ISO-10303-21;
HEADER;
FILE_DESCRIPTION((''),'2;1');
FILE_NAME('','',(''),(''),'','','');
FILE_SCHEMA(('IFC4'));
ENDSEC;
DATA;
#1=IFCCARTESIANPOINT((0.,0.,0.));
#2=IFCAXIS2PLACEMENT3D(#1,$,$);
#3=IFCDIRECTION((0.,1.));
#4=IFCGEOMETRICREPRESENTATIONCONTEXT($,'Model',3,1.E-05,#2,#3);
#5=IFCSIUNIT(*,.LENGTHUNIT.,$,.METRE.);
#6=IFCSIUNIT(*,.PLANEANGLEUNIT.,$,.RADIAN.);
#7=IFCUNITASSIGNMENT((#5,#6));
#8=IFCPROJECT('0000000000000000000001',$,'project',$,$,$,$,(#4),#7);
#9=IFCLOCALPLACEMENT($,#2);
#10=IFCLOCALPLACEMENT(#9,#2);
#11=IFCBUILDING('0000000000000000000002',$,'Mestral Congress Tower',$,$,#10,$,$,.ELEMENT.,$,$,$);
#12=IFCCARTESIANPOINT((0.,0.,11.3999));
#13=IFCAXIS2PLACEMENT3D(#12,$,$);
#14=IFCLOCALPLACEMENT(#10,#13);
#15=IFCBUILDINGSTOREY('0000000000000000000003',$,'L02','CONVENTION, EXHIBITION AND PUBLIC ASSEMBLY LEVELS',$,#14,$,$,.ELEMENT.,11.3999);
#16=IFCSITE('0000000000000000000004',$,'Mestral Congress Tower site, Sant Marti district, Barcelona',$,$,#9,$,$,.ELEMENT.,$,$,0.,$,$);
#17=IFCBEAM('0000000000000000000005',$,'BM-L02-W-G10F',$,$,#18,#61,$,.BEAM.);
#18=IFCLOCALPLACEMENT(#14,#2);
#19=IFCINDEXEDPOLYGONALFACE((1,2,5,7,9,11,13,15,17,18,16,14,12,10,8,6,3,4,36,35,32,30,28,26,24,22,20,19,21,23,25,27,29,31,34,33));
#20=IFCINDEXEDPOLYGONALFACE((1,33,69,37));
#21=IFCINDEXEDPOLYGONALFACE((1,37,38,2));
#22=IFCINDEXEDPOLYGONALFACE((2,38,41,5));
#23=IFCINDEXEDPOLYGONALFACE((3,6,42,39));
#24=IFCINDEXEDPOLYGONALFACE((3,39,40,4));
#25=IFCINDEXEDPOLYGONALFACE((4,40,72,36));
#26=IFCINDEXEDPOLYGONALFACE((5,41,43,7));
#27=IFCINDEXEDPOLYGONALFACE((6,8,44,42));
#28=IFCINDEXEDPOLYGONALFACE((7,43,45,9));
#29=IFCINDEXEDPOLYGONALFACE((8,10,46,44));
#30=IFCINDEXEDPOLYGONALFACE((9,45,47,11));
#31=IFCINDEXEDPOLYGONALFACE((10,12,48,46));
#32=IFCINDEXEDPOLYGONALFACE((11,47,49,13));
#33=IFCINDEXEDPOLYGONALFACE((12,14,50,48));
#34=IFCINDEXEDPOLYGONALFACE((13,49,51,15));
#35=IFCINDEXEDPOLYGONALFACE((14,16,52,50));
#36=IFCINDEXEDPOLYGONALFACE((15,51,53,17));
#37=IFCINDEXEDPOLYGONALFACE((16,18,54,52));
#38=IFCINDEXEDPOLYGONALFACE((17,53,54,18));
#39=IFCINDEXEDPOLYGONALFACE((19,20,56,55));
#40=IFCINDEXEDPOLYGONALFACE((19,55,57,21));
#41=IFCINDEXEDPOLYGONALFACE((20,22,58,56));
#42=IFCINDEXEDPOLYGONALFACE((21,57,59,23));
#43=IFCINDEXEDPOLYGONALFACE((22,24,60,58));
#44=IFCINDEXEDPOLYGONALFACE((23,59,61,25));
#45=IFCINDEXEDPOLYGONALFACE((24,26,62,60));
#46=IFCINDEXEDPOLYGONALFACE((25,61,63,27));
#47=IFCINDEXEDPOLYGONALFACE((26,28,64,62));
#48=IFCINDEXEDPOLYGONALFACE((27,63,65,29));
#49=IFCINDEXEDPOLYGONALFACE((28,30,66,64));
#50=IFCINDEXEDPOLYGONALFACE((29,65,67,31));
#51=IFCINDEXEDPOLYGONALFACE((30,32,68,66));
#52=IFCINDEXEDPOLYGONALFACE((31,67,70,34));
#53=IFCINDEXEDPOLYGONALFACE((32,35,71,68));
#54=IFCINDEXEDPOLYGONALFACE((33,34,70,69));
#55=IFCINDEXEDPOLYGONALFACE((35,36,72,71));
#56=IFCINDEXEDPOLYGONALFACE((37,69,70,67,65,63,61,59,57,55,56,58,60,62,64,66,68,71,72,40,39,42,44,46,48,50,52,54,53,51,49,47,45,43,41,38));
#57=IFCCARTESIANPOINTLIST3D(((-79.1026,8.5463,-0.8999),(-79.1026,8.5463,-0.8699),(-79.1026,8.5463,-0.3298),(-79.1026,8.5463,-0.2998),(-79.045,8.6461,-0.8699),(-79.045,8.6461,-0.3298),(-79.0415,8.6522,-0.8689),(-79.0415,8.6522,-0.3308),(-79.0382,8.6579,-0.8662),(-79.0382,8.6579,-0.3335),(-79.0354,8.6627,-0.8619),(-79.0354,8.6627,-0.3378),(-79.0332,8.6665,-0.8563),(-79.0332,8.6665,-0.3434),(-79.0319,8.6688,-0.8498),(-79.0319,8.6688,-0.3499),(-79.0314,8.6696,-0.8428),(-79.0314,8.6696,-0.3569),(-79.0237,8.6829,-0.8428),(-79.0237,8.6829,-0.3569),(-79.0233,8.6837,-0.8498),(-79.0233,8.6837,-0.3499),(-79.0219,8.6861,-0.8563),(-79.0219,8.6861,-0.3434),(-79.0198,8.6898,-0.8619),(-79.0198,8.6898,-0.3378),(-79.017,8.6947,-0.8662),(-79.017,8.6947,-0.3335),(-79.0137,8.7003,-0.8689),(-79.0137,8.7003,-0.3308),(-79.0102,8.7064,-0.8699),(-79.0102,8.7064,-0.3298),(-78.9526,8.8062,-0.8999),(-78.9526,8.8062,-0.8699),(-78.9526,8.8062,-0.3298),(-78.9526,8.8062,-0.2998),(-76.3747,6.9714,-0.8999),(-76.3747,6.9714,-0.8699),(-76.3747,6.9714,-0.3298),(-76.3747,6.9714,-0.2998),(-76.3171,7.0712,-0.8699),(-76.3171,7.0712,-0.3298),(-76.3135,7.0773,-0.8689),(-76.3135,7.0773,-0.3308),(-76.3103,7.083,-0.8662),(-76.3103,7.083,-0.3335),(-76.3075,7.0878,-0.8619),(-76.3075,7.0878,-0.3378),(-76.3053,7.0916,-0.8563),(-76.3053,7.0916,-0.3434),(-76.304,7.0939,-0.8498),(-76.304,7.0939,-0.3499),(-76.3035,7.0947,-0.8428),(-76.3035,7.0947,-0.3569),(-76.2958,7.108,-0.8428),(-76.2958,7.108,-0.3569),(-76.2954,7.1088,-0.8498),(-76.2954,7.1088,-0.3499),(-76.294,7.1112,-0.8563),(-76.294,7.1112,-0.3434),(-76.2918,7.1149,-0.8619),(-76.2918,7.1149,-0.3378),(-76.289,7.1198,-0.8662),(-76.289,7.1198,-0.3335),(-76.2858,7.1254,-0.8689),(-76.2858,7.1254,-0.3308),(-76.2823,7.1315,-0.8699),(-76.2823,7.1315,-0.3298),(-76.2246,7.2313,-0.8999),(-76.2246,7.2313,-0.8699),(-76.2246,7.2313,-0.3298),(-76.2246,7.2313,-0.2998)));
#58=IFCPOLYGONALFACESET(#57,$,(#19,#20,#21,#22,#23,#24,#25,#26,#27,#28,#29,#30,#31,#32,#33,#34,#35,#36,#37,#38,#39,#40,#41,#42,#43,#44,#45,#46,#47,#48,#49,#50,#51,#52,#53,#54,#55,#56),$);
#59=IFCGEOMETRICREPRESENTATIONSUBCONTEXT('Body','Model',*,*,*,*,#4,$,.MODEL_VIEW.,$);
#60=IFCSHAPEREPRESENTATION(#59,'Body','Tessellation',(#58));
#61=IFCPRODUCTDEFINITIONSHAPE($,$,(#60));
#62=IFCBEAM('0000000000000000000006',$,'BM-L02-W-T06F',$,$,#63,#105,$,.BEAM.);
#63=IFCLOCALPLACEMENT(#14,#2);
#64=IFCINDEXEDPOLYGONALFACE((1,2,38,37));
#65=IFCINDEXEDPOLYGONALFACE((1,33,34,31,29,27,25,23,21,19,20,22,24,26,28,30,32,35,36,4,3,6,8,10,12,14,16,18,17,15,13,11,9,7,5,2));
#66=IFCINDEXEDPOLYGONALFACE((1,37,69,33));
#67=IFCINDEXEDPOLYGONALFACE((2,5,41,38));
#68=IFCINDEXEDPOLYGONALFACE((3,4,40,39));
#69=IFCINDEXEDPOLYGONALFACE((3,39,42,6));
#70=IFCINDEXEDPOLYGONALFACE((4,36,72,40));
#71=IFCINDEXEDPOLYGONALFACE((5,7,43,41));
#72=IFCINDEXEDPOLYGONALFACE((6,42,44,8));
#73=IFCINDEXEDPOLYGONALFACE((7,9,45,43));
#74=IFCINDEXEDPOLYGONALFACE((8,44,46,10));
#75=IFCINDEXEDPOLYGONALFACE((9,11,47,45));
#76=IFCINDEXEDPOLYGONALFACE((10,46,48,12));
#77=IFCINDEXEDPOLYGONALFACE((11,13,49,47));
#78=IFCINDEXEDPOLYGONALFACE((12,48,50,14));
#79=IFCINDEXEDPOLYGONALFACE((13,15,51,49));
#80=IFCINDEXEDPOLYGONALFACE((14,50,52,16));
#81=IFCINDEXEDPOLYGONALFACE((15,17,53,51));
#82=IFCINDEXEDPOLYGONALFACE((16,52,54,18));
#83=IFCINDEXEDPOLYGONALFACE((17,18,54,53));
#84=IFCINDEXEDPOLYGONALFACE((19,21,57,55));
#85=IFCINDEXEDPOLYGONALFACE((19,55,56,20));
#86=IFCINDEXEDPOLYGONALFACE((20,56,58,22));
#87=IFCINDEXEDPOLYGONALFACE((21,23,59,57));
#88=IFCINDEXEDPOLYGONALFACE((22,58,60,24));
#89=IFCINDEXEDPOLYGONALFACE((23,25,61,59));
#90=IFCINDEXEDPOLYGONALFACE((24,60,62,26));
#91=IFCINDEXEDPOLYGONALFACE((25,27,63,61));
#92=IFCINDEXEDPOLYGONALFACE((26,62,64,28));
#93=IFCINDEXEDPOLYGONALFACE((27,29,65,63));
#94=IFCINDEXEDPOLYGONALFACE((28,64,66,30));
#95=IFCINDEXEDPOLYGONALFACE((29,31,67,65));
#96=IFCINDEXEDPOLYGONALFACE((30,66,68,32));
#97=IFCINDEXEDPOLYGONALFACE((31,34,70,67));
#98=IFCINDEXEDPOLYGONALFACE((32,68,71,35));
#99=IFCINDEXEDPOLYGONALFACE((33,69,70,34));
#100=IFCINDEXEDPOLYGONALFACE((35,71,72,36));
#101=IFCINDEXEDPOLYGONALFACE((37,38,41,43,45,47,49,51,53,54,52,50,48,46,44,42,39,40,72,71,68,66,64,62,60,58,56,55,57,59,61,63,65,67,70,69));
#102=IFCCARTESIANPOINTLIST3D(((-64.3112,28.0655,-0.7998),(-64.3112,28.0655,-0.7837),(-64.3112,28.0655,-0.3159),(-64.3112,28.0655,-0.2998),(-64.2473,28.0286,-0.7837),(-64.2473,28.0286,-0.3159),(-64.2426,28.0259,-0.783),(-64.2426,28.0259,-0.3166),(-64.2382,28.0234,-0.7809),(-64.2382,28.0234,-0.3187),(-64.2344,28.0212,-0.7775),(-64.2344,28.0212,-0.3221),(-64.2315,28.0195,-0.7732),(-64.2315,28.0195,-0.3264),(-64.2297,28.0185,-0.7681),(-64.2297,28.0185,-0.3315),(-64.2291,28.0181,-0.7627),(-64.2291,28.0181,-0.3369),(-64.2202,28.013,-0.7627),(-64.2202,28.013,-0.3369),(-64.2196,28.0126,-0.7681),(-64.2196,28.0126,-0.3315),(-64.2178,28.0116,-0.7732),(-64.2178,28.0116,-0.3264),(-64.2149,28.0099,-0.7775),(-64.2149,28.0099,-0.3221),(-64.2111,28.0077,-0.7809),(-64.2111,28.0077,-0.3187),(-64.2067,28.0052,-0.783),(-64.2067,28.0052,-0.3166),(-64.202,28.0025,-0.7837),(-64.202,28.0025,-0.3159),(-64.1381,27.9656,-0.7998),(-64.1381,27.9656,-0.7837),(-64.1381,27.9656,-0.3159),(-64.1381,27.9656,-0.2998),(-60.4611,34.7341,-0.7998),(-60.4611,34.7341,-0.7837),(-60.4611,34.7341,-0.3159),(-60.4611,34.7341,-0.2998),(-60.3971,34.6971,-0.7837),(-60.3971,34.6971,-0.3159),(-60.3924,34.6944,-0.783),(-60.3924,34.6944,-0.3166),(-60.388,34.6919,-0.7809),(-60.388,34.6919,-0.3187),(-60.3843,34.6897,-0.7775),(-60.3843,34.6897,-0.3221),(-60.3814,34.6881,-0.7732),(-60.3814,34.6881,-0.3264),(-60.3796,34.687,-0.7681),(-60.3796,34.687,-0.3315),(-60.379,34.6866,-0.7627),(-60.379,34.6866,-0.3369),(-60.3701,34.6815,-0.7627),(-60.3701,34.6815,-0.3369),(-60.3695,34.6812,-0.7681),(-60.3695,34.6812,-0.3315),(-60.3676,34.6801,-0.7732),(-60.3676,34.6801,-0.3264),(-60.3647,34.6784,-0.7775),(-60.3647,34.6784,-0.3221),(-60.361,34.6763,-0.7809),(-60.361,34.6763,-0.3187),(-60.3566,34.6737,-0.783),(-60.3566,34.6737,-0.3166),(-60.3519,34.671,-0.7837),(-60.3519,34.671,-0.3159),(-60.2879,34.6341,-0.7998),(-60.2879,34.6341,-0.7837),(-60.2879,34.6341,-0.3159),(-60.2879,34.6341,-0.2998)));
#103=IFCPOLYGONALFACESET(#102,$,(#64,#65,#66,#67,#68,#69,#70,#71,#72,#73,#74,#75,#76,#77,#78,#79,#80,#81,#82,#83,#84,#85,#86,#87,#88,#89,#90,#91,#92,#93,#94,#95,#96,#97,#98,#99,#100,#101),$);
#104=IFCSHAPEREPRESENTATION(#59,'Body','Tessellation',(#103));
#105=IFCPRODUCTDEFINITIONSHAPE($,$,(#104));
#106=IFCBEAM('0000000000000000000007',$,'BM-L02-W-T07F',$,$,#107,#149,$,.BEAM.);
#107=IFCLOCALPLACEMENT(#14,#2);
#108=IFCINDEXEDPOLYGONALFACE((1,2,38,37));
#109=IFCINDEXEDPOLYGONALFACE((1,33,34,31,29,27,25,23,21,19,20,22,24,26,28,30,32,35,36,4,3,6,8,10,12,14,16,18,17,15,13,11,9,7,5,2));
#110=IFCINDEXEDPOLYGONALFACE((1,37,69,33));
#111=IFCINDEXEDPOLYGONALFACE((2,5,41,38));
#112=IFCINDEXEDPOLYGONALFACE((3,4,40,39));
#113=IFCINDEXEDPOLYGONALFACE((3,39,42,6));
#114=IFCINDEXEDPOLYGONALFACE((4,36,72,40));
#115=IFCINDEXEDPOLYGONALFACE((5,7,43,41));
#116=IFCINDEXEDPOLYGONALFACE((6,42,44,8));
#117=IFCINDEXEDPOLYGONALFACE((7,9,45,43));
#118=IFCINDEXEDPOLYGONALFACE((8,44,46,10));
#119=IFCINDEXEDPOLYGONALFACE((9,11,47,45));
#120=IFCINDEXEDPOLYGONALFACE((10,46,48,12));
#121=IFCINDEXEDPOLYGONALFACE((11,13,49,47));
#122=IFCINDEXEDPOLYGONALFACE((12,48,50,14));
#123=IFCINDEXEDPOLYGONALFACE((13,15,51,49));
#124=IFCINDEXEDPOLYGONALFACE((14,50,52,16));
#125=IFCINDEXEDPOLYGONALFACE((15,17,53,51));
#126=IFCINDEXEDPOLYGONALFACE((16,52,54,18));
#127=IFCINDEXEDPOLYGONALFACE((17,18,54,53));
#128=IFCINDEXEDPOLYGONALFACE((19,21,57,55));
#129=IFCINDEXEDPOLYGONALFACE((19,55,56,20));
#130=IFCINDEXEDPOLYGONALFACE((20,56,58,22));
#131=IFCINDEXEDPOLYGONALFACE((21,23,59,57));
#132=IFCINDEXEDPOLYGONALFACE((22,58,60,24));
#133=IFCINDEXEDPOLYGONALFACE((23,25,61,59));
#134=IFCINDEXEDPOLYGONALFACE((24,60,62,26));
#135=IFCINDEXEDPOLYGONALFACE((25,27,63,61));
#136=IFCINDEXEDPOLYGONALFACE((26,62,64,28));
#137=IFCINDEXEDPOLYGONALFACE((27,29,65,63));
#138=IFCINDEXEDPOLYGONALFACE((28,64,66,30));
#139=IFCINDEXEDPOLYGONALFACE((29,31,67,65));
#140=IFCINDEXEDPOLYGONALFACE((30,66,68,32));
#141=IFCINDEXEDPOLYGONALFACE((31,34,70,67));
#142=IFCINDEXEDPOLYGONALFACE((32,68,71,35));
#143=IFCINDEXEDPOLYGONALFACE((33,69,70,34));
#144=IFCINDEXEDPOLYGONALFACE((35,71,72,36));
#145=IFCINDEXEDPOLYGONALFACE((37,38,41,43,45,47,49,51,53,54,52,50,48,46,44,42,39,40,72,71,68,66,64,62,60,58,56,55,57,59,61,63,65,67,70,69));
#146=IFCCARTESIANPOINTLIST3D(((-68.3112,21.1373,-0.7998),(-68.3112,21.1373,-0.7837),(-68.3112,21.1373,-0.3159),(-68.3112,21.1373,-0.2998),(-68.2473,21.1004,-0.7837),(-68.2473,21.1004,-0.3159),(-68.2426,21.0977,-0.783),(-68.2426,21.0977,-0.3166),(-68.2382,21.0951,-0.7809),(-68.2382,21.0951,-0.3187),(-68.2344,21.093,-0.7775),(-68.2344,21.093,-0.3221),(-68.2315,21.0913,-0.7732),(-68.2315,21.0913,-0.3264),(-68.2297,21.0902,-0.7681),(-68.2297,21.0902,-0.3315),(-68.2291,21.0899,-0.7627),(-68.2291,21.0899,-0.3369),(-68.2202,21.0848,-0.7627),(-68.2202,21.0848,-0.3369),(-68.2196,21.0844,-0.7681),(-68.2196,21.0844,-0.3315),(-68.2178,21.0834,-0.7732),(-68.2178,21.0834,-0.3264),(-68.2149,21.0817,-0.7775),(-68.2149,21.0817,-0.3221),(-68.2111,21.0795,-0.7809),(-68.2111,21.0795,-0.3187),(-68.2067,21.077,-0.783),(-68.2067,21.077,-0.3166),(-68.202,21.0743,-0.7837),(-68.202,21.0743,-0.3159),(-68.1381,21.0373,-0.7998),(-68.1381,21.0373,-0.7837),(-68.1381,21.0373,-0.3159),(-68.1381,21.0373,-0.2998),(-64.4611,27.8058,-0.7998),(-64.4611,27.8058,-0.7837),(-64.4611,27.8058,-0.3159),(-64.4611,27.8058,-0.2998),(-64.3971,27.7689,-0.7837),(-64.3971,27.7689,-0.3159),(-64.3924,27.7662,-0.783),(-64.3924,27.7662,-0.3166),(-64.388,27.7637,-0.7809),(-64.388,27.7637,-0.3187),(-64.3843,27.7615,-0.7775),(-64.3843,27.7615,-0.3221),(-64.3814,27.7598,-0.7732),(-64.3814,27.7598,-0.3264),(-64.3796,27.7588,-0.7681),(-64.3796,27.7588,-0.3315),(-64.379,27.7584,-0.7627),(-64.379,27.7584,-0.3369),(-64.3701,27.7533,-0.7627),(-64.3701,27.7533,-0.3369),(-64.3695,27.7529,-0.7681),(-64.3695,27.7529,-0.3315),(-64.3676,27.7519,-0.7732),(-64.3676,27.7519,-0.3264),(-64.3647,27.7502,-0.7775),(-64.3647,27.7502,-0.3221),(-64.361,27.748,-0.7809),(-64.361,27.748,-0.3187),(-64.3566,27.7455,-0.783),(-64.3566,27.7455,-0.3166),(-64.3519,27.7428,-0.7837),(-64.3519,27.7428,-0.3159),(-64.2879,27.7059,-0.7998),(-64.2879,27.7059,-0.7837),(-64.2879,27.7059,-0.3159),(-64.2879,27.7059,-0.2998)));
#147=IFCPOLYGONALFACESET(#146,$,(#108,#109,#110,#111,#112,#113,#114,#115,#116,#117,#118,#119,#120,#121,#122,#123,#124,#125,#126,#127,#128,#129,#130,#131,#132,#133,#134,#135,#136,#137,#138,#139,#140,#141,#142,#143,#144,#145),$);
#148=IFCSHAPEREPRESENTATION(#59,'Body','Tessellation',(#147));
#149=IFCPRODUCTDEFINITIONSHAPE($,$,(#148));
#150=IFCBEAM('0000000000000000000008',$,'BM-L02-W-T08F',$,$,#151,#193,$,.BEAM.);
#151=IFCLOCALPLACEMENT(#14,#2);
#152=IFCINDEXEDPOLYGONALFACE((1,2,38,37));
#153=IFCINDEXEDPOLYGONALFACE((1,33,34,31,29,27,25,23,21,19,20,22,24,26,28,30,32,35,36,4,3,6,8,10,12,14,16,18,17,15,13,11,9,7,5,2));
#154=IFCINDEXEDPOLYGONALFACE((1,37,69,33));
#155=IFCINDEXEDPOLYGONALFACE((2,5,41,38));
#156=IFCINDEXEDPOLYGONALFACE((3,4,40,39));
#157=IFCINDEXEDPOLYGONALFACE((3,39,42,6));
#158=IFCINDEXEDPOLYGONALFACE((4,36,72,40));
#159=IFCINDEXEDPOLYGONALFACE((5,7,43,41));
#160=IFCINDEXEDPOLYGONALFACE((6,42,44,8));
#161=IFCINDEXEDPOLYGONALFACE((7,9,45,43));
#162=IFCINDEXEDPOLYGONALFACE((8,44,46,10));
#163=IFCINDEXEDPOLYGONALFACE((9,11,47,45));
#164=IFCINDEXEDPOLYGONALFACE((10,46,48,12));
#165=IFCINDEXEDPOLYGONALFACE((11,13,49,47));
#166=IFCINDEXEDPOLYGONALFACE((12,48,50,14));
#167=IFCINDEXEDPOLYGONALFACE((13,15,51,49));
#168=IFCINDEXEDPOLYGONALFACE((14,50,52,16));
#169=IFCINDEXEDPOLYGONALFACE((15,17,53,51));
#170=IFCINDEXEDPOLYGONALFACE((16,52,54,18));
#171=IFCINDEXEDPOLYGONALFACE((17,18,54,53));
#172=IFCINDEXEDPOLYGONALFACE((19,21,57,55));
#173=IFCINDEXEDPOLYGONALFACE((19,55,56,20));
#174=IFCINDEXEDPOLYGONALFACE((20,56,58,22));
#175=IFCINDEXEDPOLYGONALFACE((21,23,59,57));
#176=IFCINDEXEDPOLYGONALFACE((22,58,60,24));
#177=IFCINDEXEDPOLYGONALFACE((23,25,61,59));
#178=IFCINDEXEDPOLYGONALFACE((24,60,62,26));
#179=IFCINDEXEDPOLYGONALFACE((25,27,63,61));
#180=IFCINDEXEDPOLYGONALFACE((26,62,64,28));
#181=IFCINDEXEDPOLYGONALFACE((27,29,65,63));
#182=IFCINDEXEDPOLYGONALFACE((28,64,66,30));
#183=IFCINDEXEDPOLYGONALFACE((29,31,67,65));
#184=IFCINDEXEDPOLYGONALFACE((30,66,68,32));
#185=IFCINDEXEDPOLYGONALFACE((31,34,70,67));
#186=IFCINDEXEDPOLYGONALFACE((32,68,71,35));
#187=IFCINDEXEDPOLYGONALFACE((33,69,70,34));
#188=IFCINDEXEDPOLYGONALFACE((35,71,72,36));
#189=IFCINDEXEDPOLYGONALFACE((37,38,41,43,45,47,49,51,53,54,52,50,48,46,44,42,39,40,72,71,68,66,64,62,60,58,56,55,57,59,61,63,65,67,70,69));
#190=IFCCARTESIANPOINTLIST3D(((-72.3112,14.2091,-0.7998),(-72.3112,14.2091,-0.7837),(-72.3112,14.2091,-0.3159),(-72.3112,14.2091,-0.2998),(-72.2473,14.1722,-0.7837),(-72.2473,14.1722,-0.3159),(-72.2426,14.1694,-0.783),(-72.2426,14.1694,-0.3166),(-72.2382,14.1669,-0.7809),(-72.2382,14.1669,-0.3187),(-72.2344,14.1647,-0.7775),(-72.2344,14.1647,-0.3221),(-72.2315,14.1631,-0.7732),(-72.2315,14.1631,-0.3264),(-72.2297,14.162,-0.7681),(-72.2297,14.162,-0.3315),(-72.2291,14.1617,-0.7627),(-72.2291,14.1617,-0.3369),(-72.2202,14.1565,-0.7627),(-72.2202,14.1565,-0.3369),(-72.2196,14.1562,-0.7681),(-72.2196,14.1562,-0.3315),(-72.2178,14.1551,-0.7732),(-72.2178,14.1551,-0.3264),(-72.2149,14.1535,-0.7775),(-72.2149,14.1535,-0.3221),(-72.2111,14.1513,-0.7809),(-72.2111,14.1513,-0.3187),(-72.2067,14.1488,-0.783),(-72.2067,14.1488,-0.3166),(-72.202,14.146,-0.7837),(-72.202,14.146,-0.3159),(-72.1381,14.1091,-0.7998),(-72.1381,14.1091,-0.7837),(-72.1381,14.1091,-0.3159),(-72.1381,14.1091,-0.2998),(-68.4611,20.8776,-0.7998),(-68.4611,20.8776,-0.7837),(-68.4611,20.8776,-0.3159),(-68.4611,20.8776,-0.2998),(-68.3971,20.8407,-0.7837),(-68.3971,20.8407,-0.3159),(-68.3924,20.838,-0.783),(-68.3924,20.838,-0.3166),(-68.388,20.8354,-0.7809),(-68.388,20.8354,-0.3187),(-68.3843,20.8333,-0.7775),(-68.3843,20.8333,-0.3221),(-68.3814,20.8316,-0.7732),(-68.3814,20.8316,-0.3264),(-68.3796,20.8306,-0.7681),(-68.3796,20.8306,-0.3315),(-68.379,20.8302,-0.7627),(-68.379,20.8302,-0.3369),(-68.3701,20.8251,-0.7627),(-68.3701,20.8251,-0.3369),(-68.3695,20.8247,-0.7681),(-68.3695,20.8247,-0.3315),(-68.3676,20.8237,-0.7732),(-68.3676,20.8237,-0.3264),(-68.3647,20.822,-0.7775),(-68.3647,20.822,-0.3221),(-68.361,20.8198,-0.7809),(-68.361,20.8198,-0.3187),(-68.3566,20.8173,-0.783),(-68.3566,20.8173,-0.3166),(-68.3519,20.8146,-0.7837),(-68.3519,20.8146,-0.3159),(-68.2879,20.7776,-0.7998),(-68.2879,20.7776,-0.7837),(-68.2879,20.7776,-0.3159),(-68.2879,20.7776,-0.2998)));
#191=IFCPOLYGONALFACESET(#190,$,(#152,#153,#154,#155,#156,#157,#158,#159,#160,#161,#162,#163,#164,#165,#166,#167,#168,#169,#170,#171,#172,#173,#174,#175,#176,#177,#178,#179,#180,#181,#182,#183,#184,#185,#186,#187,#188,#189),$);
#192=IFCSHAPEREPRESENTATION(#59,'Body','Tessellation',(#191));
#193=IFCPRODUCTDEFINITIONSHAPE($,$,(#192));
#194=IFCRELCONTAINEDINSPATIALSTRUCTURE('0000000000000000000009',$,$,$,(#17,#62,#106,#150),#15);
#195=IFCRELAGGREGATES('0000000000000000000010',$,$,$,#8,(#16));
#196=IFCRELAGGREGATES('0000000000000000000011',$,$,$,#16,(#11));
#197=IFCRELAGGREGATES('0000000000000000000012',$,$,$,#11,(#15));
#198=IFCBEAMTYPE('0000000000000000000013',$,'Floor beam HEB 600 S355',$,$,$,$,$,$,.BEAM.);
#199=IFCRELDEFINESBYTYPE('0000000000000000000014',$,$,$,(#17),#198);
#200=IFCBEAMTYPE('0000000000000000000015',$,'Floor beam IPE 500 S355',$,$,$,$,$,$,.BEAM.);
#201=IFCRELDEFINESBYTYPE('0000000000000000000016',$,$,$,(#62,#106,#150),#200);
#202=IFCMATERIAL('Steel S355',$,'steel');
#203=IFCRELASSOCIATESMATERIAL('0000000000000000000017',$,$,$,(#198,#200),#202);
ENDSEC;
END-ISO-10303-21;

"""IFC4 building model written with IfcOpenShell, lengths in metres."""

from ifc_helpers import new_model, si_unit, direction, frame, origin, origin_2d, place, context, subcontext, project, spatial, i_section, extrude, material, material_profile, profile_set, type_object, element, save


model = new_model("IFC4")

# Units and contexts
model_context = context("Model", 3, precision=1e-05, world=origin(), true_north=direction((0.0, 1.0)))
body_context = subcontext(model_context, "Body", "Model", "MODEL_VIEW")
ifc_project = project(units=[si_unit("LENGTHUNIT", "METRE"), si_unit("PLANEANGLEUNIT", "RADIAN")], contexts=[model_context])

# Site, building, storey
site_placement = place(None, origin())
site = spatial("IfcSite", under=ifc_project, at=site_placement, Name="Mestral Congress Tower site, Sant Marti district, Barcelona", CompositionType="ELEMENT", RefElevation=0.0)
building_placement = place(site_placement, origin())
building = spatial("IfcBuilding", under=site, at=building_placement, Name="Mestral Congress Tower", CompositionType="ELEMENT")
storey_placement = place(building_placement, frame((0.0, 0.0, 11.3999)))
storey = spatial("IfcBuildingStorey", under=building, at=storey_placement, Name="L02", Description="CONVENTION, EXHIBITION AND PUBLIC ASSEMBLY LEVELS", CompositionType="ELEMENT", Elevation=11.3999)

# Beams
ifc_material_1 = material(Name="Steel S355", Category="steel")
ifc_material_profile_1 = material_profile(ifc_material_1, i_section(OverallWidth=0.3, OverallDepth=0.6001, WebThickness=0.0154, FlangeThickness=0.03, FilletRadius=0.0271, at=origin_2d()), Name="HEB 600")
ifc_profile_set_1 = profile_set([ifc_material_profile_1], Name="Steel S355")
beam_type_1 = type_object("IfcBeamType", Name="Floor beam HEB 600 S355", PredefinedType="BEAM", material=ifc_profile_set_1)
beam_1_placement = place(storey_placement, frame((-79.0276, 8.6763, -0.5999), z_axis=(0.866036, -0.499982, 0.0), x_axis=(0.499982, 0.866036, 0.0)))
element("IfcBeam", 1, at=beam_1_placement, inside=storey, type_object=beam_type_1, Name="BM-L02-W-G10F", PredefinedType="BEAM", context=body_context, shape_type="SweptSolid", body=[
    extrude(i_section(OverallWidth=0.3, OverallDepth=0.6001, WebThickness=0.0154, FlangeThickness=0.03, FilletRadius=0.0271, at=origin_2d()), origin(), (0.0, 0.0, 1.0), 3.1499),
])
ifc_material_profile_2 = material_profile(ifc_material_1, i_section(OverallWidth=0.2, OverallDepth=0.5, WebThickness=0.0103, FlangeThickness=0.0161, FilletRadius=0.021, at=origin_2d()), Name="IPE 500")
ifc_profile_set_2 = profile_set([ifc_material_profile_2], Name="Steel S355")
beam_type_2 = type_object("IfcBeamType", Name="Floor beam IPE 500 S355", PredefinedType="BEAM", material=ifc_profile_set_2)
for number, where, z_axis, x_axis, name in (
    (2, (-60.3745, 34.6841, -0.5498), (-0.500006, -0.866022, 0.0), (0.866022, -0.500006, 0.0), "BM-L02-W-T06F"),
    (3, (-64.3745, 27.7559, -0.5498), (-0.500006, -0.866022, 0.0), (0.866022, -0.500006, 0.0), "BM-L02-W-T07F"),
    (4, (-68.3745, 20.8276, -0.5498), (-0.500006, -0.866022, 0.0), (0.866022, -0.500006, 0.0), "BM-L02-W-T08F"),
):
    element("IfcBeam", number, at=place(storey_placement, frame(where, z_axis=z_axis, x_axis=x_axis)), inside=storey, type_object=beam_type_2, Name=name, PredefinedType="BEAM", context=body_context, shape_type="SweptSolid", body=[
        extrude(i_section(OverallWidth=0.2, OverallDepth=0.5, WebThickness=0.0103, FlangeThickness=0.0161, FilletRadius=0.021, at=origin_2d()), origin(), (0.0, 0.0, 1.0), 7.7002),
    ])

save(model, "model.ifc")
